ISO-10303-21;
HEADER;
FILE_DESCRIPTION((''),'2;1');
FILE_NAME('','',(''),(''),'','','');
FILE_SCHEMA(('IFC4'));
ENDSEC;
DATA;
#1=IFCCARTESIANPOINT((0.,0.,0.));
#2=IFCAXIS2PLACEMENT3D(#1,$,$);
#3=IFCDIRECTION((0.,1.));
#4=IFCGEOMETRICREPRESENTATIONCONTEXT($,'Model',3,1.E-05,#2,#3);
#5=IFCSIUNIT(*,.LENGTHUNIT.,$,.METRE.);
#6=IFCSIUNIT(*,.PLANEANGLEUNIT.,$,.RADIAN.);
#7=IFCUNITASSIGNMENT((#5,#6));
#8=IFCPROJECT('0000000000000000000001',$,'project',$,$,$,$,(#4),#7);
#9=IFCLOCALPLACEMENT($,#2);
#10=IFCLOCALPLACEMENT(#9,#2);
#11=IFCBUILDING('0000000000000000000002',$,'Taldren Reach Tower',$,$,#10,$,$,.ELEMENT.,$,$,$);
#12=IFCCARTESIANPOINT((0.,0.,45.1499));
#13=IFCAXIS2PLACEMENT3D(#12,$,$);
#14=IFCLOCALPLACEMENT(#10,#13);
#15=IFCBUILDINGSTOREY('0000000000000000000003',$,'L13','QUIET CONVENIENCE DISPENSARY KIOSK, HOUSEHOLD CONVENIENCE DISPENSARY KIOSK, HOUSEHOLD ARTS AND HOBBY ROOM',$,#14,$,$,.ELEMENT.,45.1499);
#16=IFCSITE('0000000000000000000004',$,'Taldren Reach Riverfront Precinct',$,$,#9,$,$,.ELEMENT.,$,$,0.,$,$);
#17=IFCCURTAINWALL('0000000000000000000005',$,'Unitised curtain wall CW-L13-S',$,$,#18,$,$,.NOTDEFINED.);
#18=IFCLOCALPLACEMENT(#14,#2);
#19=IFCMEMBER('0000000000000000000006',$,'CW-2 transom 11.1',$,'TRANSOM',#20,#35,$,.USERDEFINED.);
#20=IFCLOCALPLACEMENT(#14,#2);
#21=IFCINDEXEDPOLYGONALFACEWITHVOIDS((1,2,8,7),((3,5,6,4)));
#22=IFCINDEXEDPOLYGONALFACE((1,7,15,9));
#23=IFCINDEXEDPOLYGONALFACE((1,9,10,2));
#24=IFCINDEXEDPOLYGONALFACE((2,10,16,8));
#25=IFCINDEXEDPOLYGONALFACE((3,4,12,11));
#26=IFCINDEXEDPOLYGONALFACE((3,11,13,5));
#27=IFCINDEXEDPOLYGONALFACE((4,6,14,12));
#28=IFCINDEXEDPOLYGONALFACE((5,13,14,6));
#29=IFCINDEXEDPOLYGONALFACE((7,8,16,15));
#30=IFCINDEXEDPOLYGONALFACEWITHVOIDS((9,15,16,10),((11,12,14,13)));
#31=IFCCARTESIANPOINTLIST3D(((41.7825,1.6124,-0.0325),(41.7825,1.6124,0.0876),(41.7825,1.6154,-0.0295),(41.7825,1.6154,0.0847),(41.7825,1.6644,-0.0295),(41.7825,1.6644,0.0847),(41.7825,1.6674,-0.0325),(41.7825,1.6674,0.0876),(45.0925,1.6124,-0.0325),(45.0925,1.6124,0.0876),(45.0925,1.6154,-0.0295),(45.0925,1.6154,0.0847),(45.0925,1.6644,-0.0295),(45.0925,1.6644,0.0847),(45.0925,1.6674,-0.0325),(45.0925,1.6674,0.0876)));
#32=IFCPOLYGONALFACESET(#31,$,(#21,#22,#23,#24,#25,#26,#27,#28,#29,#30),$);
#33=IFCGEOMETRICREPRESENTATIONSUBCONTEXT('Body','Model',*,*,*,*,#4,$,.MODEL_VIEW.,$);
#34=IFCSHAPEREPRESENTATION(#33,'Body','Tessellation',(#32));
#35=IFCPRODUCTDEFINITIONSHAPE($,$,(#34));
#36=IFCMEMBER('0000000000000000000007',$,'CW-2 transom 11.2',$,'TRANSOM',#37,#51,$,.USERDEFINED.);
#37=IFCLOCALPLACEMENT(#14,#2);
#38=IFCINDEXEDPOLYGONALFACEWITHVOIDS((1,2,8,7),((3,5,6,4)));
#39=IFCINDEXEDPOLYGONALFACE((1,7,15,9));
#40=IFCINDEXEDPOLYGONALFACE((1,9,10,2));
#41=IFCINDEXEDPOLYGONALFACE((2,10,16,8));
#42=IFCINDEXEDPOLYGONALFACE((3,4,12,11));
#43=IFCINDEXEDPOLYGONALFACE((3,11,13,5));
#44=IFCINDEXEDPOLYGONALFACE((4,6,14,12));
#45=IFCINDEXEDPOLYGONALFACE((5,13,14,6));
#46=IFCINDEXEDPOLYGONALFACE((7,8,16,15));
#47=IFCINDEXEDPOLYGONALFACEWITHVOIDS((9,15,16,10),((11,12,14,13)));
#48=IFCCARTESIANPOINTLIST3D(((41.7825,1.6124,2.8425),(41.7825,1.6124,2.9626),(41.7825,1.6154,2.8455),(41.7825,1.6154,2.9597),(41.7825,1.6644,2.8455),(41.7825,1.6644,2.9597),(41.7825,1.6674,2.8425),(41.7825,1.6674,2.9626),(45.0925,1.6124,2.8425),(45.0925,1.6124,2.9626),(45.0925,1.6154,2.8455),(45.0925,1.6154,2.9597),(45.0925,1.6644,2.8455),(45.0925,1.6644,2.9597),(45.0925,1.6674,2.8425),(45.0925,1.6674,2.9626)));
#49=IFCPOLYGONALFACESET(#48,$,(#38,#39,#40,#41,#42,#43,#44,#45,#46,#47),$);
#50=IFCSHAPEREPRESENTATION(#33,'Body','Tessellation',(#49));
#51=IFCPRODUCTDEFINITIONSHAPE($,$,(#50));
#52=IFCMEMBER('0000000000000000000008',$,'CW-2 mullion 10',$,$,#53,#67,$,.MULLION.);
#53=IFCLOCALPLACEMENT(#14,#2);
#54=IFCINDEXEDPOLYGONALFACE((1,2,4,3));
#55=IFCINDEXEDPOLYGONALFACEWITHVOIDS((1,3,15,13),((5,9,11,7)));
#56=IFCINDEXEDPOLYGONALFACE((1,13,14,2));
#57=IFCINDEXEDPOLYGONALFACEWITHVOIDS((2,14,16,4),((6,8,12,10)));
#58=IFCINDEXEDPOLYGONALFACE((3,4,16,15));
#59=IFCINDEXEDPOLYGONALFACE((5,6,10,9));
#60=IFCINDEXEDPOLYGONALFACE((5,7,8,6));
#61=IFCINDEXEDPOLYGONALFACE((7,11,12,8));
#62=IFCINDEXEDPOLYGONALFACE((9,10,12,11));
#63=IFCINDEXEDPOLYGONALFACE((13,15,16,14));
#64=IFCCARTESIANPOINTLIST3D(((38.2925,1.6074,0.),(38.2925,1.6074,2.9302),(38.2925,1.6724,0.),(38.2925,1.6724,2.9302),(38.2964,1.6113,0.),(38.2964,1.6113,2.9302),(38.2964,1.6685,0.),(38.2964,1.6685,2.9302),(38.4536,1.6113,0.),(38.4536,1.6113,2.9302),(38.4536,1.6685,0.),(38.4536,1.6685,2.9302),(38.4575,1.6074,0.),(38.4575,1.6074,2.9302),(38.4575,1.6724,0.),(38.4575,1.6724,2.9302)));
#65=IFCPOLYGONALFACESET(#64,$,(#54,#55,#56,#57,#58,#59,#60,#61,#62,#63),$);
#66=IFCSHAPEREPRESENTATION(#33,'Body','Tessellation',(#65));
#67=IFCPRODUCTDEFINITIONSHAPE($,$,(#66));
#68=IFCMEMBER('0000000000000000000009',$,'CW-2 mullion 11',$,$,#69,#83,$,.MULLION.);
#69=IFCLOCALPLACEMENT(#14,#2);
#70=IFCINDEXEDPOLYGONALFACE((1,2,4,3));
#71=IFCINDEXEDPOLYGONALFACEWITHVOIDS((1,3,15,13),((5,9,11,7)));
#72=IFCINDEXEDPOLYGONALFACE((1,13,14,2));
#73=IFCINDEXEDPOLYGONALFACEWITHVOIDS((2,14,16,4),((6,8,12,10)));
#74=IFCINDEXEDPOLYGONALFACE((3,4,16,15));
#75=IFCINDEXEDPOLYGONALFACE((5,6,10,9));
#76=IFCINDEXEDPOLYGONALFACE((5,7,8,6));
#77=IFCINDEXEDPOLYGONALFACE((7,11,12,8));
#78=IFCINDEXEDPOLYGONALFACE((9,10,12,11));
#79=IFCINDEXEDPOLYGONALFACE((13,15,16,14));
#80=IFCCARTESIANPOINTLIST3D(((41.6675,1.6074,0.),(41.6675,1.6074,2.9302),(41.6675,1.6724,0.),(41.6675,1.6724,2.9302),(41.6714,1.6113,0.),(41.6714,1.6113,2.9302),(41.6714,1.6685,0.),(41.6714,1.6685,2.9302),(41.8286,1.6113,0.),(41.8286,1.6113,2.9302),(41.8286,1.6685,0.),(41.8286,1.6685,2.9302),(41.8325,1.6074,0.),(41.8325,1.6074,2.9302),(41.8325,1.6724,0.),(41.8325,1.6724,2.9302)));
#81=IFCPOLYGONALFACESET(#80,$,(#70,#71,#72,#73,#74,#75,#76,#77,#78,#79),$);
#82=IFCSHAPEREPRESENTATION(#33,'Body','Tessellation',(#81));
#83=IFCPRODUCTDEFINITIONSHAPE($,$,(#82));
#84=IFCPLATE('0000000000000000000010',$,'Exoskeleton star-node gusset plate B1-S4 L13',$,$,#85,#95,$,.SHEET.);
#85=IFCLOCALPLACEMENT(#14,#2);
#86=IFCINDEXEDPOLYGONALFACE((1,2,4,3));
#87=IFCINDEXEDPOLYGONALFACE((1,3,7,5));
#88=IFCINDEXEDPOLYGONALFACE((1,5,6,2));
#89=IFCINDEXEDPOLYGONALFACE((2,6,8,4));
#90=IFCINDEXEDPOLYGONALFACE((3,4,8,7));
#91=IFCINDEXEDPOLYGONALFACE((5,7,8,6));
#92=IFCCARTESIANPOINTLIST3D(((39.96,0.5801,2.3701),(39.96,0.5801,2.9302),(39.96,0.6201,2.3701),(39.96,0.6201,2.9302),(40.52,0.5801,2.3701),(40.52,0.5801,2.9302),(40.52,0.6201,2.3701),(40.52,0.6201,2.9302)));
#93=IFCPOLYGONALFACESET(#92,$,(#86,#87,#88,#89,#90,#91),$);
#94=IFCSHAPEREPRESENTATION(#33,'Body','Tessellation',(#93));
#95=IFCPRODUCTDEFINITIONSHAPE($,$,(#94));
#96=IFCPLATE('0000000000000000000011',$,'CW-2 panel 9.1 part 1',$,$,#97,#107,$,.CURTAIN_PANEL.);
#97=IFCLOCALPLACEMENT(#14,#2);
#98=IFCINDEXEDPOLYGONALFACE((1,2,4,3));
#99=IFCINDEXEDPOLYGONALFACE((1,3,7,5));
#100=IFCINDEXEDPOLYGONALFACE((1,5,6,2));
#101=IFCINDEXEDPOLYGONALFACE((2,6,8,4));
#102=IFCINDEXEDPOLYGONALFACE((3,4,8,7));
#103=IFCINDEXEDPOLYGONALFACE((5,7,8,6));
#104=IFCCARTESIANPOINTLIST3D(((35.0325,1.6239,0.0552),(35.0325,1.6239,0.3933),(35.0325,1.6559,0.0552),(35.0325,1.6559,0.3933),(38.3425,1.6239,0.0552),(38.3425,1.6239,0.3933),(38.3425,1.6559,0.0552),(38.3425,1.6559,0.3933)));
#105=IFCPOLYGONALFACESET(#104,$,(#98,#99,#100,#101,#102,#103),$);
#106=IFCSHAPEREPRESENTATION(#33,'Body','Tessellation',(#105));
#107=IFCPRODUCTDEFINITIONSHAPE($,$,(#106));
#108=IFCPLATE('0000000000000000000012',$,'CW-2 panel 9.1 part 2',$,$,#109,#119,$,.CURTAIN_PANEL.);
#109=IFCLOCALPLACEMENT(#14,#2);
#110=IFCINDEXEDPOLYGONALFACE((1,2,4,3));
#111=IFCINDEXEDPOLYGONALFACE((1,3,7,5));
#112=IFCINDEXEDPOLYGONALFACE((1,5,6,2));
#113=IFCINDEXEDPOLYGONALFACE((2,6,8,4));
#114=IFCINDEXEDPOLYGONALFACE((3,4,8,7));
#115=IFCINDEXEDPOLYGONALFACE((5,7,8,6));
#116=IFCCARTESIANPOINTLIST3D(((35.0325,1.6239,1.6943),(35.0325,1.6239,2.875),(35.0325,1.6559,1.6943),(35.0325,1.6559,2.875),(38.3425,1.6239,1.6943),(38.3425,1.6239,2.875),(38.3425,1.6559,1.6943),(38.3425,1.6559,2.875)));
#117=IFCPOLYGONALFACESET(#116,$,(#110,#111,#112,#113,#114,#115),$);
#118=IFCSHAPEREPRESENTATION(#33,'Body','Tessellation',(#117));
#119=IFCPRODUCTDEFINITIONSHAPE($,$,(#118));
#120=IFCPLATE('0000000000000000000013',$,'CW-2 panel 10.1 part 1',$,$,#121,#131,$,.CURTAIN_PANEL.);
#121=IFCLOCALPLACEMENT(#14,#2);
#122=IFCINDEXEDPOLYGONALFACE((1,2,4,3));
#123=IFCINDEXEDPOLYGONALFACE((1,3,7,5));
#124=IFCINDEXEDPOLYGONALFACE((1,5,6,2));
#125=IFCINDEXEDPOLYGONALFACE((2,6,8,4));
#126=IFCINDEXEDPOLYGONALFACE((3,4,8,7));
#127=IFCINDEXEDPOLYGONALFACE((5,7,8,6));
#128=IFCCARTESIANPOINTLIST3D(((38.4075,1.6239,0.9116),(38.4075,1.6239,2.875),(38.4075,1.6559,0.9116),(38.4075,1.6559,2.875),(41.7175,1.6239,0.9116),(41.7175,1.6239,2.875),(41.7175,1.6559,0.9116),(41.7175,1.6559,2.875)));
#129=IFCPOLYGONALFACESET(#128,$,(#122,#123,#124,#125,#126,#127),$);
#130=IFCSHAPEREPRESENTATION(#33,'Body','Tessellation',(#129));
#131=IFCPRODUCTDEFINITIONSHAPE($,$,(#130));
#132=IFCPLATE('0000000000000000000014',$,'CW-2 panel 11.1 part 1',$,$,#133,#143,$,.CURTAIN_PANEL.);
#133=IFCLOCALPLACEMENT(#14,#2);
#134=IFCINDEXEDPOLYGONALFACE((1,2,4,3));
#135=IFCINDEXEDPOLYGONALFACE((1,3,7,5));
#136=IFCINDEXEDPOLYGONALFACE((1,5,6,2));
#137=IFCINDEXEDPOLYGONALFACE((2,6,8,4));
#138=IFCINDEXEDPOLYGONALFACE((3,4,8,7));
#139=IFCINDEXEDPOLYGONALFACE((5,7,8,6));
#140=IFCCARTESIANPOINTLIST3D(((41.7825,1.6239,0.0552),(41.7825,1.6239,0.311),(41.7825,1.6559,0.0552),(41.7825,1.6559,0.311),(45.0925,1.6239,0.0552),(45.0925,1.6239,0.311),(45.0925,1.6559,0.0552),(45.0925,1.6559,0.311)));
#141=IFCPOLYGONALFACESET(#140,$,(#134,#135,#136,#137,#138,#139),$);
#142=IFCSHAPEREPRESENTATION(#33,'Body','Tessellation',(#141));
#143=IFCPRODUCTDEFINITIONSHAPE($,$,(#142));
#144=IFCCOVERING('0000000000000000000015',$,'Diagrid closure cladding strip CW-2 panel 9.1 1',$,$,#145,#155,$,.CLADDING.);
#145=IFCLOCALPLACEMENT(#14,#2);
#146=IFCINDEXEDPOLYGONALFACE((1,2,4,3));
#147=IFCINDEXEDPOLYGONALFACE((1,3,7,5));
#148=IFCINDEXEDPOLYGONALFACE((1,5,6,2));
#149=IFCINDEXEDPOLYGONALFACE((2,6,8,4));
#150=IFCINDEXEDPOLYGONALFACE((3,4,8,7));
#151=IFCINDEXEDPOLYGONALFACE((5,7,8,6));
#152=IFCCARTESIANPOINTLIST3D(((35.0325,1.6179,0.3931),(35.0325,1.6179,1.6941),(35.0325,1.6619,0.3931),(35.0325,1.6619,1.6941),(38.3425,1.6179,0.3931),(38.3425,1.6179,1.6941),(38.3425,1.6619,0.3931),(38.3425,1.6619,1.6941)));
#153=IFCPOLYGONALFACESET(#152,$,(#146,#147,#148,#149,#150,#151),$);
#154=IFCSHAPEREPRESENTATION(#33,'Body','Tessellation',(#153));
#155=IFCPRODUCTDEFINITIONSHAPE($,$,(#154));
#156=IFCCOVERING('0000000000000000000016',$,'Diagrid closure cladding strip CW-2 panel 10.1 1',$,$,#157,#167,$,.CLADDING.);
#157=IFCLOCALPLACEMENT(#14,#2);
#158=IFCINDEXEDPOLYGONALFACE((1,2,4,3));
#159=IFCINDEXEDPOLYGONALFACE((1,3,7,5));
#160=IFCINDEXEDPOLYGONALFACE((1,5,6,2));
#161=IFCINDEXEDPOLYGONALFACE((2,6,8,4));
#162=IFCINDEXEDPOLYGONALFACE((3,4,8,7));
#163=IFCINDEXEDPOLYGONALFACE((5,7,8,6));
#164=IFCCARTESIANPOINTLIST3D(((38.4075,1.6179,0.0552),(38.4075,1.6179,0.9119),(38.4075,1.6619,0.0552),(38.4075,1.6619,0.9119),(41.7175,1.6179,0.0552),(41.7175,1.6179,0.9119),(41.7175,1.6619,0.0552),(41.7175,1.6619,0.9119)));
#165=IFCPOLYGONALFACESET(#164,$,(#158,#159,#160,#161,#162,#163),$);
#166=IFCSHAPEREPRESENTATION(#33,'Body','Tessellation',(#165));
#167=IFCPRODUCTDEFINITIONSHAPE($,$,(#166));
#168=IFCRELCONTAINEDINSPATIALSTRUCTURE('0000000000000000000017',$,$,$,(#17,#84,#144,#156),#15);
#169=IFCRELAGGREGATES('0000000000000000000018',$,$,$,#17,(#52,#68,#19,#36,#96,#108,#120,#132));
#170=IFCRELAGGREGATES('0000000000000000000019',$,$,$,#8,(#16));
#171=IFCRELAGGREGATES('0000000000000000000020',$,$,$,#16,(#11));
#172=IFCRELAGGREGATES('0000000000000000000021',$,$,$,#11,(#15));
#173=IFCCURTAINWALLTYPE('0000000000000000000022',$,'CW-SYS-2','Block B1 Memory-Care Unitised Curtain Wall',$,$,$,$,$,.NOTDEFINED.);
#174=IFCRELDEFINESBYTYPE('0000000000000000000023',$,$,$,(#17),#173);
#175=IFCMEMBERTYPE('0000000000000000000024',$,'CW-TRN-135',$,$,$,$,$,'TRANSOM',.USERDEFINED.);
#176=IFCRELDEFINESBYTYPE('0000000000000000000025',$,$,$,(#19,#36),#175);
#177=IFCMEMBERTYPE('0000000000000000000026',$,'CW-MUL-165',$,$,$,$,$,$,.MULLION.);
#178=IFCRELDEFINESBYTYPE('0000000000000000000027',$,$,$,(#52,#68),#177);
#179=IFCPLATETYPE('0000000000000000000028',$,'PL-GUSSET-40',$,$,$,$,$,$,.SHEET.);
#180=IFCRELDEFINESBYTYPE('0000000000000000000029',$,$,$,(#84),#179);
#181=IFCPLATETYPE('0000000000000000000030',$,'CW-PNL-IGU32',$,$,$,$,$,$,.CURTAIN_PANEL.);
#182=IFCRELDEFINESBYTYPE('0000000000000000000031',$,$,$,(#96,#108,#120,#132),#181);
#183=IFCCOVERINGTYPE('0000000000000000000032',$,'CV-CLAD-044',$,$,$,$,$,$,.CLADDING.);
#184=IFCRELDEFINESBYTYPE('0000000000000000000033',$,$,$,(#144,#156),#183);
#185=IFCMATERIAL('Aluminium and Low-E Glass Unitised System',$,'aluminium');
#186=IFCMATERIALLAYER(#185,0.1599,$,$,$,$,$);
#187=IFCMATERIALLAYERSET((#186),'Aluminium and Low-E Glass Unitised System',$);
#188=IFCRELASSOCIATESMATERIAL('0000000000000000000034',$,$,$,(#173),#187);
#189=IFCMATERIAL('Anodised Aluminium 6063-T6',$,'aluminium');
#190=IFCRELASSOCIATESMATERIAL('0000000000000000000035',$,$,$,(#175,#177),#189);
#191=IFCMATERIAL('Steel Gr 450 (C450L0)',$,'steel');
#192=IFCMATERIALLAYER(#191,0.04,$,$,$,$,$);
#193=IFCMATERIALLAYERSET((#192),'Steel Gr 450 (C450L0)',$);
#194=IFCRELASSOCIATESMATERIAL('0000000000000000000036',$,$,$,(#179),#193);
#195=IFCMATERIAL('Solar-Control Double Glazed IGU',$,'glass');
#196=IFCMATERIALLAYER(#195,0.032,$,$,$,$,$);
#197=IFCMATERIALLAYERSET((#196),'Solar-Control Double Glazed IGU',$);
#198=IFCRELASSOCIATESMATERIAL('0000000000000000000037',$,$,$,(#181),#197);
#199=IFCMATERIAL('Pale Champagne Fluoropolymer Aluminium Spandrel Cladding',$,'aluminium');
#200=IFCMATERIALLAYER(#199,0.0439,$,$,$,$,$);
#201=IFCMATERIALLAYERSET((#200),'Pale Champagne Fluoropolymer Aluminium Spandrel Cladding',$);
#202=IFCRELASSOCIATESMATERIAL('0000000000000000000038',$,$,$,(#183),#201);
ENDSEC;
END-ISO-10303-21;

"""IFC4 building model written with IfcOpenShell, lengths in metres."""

from ifc_helpers import new_model, si_unit, direction, frame, origin, origin_2d, place, context, subcontext, project, spatial, rectangle, hollow_rectangle, extrude, source, transform, mapped, material, layer, layer_set, material_profile, profile_set, type_object, element, aggregate, save


model = new_model("IFC4")

# Units and contexts
model_context = context("Model", 3, precision=1e-05, world=origin(), true_north=direction((0.0, 1.0)))
body_context = subcontext(model_context, "Body", "Model", "MODEL_VIEW")
ifc_project = project(units=[si_unit("LENGTHUNIT", "METRE"), si_unit("PLANEANGLEUNIT", "RADIAN")], contexts=[model_context])

# Site, building, storey
site_placement = place(None, origin())
site = spatial("IfcSite", under=ifc_project, at=site_placement, Name="Taldren Reach Riverfront Precinct", CompositionType="ELEMENT", RefElevation=0.0)
building_placement = place(site_placement, origin())
building = spatial("IfcBuilding", under=site, at=building_placement, Name="Taldren Reach Tower", CompositionType="ELEMENT")
storey_placement = place(building_placement, frame((0.0, 0.0, 45.1499)))
storey = spatial("IfcBuildingStorey", under=building, at=storey_placement, Name="L13", Description="QUIET CONVENIENCE DISPENSARY KIOSK, HOUSEHOLD CONVENIENCE DISPENSARY KIOSK, HOUSEHOLD ARTS AND HOBBY ROOM", CompositionType="ELEMENT", Elevation=45.1499)

# Shared definitions
ifc_material_1 = material(Name="Steel Gr 450 (C450L0)", Category="steel")

# Curtain wall, members
ifc_material_2 = material(Name="Aluminium and Low-E Glass Unitised System", Category="aluminium")
ifc_layer_1 = layer(ifc_material_2, 0.1599)
ifc_layer_set_1 = layer_set([ifc_layer_1], Name="Aluminium and Low-E Glass Unitised System")
curtain_wall_type = type_object("IfcCurtainWallType", Name="CW-SYS-2", Description="Block B1 Memory-Care Unitised Curtain Wall", PredefinedType="NOTDEFINED", material=ifc_layer_set_1)
curtain_wall_placement = place(storey_placement, origin())
curtain_wall = element("IfcCurtainWall", 1, at=curtain_wall_placement, inside=storey, type_object=curtain_wall_type, Name="Unitised curtain wall CW-L13-S", PredefinedType="NOTDEFINED")
ifc_material_3 = material(Name="Anodised Aluminium 6063-T6", Category="aluminium")
ifc_material_profile_1 = material_profile(ifc_material_3, hollow_rectangle(XDim=0.0549, YDim=0.1201, WallThickness=0.0029, at=origin_2d()), Name="ALU-120x55x3RHS")
ifc_profile_set_1 = profile_set([ifc_material_profile_1], Name="Anodised Aluminium 6063-T6")
member_type_1 = type_object("IfcMemberType", Name="CW-TRN-135", ElementType="TRANSOM", PredefinedType="USERDEFINED", material=ifc_profile_set_1)
shared_shape_1 = source(origin(), body_context, "Body", "SweptSolid", [
    extrude(hollow_rectangle(XDim=0.0549, YDim=0.1201, WallThickness=0.0029, at=origin_2d()), origin(), (0.0, 0.0, 1.0), 3.3101),
])
member_1_placement = place(storey_placement, frame((41.7825, 1.6399, 0.0276), z_axis=(1.0, 0.0, 0.0), x_axis=(0.0, 1.0, 0.0)))
member_1 = element("IfcMember", 2, at=member_1_placement, type_object=member_type_1, Name="CW-2 transom 11.1", ObjectType="TRANSOM", PredefinedType="USERDEFINED", context=body_context, shape_type="MappedRepresentation", body=[
    mapped(shared_shape_1, transform((0.0, 0.0, 0.0), scale=1.0)),
])
member_2_placement = place(storey_placement, frame((41.7825, 1.6399, 2.9026), z_axis=(1.0, 0.0, 0.0), x_axis=(0.0, 1.0, 0.0)))
member_2 = element("IfcMember", 3, at=member_2_placement, type_object=member_type_1, Name="CW-2 transom 11.2", ObjectType="TRANSOM", PredefinedType="USERDEFINED", context=body_context, shape_type="MappedRepresentation", body=[
    mapped(shared_shape_1, transform((0.0, 0.0, 0.0), scale=1.0)),
])
ifc_material_profile_2 = material_profile(ifc_material_3, hollow_rectangle(XDim=0.0649, YDim=0.165, WallThickness=0.0039, at=origin_2d()), Name="ALU-165x65x4RHS")
ifc_profile_set_2 = profile_set([ifc_material_profile_2], Name="Anodised Aluminium 6063-T6")
member_type_2 = type_object("IfcMemberType", Name="CW-MUL-165", PredefinedType="MULLION", material=ifc_profile_set_2)
shared_shape_2 = source(origin(), body_context, "Body", "SweptSolid", [
    extrude(hollow_rectangle(XDim=0.0649, YDim=0.165, WallThickness=0.0039, at=origin_2d()), origin(), (0.0, 0.0, 1.0), 2.9302),
])
member_3_placement = place(storey_placement, frame((38.375, 1.6399, 0.0), z_axis=(0.0, 0.0, 1.0), x_axis=(0.0, 1.0, 0.0)))
member_3 = element("IfcMember", 4, at=member_3_placement, type_object=member_type_2, Name="CW-2 mullion 10", PredefinedType="MULLION", context=body_context, shape_type="MappedRepresentation", body=[
    mapped(shared_shape_2, transform((0.0, 0.0, 0.0), scale=1.0)),
])
member_4_placement = place(storey_placement, frame((41.75, 1.6399, 0.0), z_axis=(0.0, 0.0, 1.0), x_axis=(0.0, 1.0, 0.0)))
member_4 = element("IfcMember", 5, at=member_4_placement, type_object=member_type_2, Name="CW-2 mullion 11", PredefinedType="MULLION", context=body_context, shape_type="MappedRepresentation", body=[
    mapped(shared_shape_2, transform((0.0, 0.0, 0.0), scale=1.0)),
])

# Plates
ifc_layer_2 = layer(ifc_material_1, 0.04)
ifc_layer_set_2 = layer_set([ifc_layer_2], Name="Steel Gr 450 (C450L0)")
plate_type_1 = type_object("IfcPlateType", Name="PL-GUSSET-40", PredefinedType="SHEET", material=ifc_layer_set_2)
shared_shape_3 = source(origin(), body_context, "Body", "SweptSolid", [
    extrude(rectangle(XDim=0.5601, YDim=0.04, at=origin_2d()), origin(), (0.0, 0.0, 1.0), 0.5601),
])
plate_1_placement = place(storey_placement, frame((40.24, 0.6001, 2.3701), z_axis=(0.0, 0.0, 1.0), x_axis=(1.0, 0.0, 0.0)))
element("IfcPlate", 6, at=plate_1_placement, inside=storey, type_object=plate_type_1, Name="Exoskeleton star-node gusset plate B1-S4 L13", PredefinedType="SHEET", context=body_context, shape_type="MappedRepresentation", body=[
    mapped(shared_shape_3, transform((0.0, 0.0, 0.0), scale=1.0)),
])
ifc_material_4 = material(Name="Solar-Control Double Glazed IGU", Category="glass")
ifc_layer_3 = layer(ifc_material_4, 0.032)
ifc_layer_set_3 = layer_set([ifc_layer_3], Name="Solar-Control Double Glazed IGU")
plate_type_2 = type_object("IfcPlateType", Name="CW-PNL-IGU32", PredefinedType="CURTAIN_PANEL", material=ifc_layer_set_3)
shared_shape_4 = source(origin(), body_context, "Body", "SweptSolid", [
    extrude(rectangle(XDim=3.3101, YDim=0.032, at=origin_2d()), origin(), (0.0, 0.0, 1.0), 0.3381),
])
plate_2_placement = place(storey_placement, frame((36.6875, 1.6399, 0.0552), z_axis=(0.0, 0.0, 1.0), x_axis=(1.0, 0.0, 0.0)))
plate_2 = element("IfcPlate", 7, at=plate_2_placement, type_object=plate_type_2, Name="CW-2 panel 9.1 part 1", PredefinedType="CURTAIN_PANEL", context=body_context, shape_type="MappedRepresentation", body=[
    mapped(shared_shape_4, transform((0.0, 0.0, 0.0), scale=1.0)),
])
shared_shape_5 = source(origin(), body_context, "Body", "SweptSolid", [
    extrude(rectangle(XDim=3.3101, YDim=0.032, at=origin_2d()), origin(), (0.0, 0.0, 1.0), 1.1807),
])
plate_3_placement = place(storey_placement, frame((36.6875, 1.6399, 1.6943), z_axis=(0.0, 0.0, 1.0), x_axis=(1.0, 0.0, 0.0)))
plate_3 = element("IfcPlate", 8, at=plate_3_placement, type_object=plate_type_2, Name="CW-2 panel 9.1 part 2", PredefinedType="CURTAIN_PANEL", context=body_context, shape_type="MappedRepresentation", body=[
    mapped(shared_shape_5, transform((0.0, 0.0, 0.0), scale=1.0)),
])
shared_shape_6 = source(origin(), body_context, "Body", "SweptSolid", [
    extrude(rectangle(XDim=3.3101, YDim=0.032, at=origin_2d()), origin(), (0.0, 0.0, 1.0), 1.9634),
])
plate_4_placement = place(storey_placement, frame((40.0625, 1.6399, 0.9116), z_axis=(0.0, 0.0, 1.0), x_axis=(1.0, 0.0, 0.0)))
plate_4 = element("IfcPlate", 9, at=plate_4_placement, type_object=plate_type_2, Name="CW-2 panel 10.1 part 1", PredefinedType="CURTAIN_PANEL", context=body_context, shape_type="MappedRepresentation", body=[
    mapped(shared_shape_6, transform((0.0, 0.0, 0.0), scale=1.0)),
])
shared_shape_7 = source(origin(), body_context, "Body", "SweptSolid", [
    extrude(rectangle(XDim=3.3101, YDim=0.032, at=origin_2d()), origin(), (0.0, 0.0, 1.0), 0.2559),
])
plate_5_placement = place(storey_placement, frame((43.4375, 1.6399, 0.0552), z_axis=(0.0, 0.0, 1.0), x_axis=(1.0, 0.0, 0.0)))
plate_5 = element("IfcPlate", 10, at=plate_5_placement, type_object=plate_type_2, Name="CW-2 panel 11.1 part 1", PredefinedType="CURTAIN_PANEL", context=body_context, shape_type="MappedRepresentation", body=[
    mapped(shared_shape_7, transform((0.0, 0.0, 0.0), scale=1.0)),
])
aggregate(curtain_wall, [member_3, member_4, member_1, member_2, plate_2, plate_3, plate_4, plate_5])

# Coverings
ifc_material_5 = material(Name="Pale Champagne Fluoropolymer Aluminium Spandrel Cladding", Category="aluminium")
ifc_layer_4 = layer(ifc_material_5, 0.0439)
ifc_layer_set_4 = layer_set([ifc_layer_4], Name="Pale Champagne Fluoropolymer Aluminium Spandrel Cladding")
covering_type = type_object("IfcCoveringType", Name="CV-CLAD-044", PredefinedType="CLADDING", material=ifc_layer_set_4)
shared_shape_8 = source(origin(), body_context, "Body", "SweptSolid", [
    extrude(rectangle(XDim=3.3101, YDim=0.0439, at=origin_2d()), origin(), (0.0, 0.0, 1.0), 1.301),
])
covering_1_placement = place(storey_placement, frame((36.6875, 1.6399, 0.3931), z_axis=(0.0, 0.0, 1.0), x_axis=(1.0, 0.0, 0.0)))
element("IfcCovering", 11, at=covering_1_placement, inside=storey, type_object=covering_type, Name="Diagrid closure cladding strip CW-2 panel 9.1 1", PredefinedType="CLADDING", context=body_context, shape_type="MappedRepresentation", body=[
    mapped(shared_shape_8, transform((0.0, 0.0, 0.0), scale=1.0)),
])
shared_shape_9 = source(origin(), body_context, "Body", "SweptSolid", [
    extrude(rectangle(XDim=3.3101, YDim=0.0439, at=origin_2d()), origin(), (0.0, 0.0, 1.0), 0.8567),
])
covering_2_placement = place(storey_placement, frame((40.0625, 1.6399, 0.0552), z_axis=(0.0, 0.0, 1.0), x_axis=(1.0, 0.0, 0.0)))
element("IfcCovering", 12, at=covering_2_placement, inside=storey, type_object=covering_type, Name="Diagrid closure cladding strip CW-2 panel 10.1 1", PredefinedType="CLADDING", context=body_context, shape_type="MappedRepresentation", body=[
    mapped(shared_shape_9, transform((0.0, 0.0, 0.0), scale=1.0)),
])

save(model, "model.ifc")
